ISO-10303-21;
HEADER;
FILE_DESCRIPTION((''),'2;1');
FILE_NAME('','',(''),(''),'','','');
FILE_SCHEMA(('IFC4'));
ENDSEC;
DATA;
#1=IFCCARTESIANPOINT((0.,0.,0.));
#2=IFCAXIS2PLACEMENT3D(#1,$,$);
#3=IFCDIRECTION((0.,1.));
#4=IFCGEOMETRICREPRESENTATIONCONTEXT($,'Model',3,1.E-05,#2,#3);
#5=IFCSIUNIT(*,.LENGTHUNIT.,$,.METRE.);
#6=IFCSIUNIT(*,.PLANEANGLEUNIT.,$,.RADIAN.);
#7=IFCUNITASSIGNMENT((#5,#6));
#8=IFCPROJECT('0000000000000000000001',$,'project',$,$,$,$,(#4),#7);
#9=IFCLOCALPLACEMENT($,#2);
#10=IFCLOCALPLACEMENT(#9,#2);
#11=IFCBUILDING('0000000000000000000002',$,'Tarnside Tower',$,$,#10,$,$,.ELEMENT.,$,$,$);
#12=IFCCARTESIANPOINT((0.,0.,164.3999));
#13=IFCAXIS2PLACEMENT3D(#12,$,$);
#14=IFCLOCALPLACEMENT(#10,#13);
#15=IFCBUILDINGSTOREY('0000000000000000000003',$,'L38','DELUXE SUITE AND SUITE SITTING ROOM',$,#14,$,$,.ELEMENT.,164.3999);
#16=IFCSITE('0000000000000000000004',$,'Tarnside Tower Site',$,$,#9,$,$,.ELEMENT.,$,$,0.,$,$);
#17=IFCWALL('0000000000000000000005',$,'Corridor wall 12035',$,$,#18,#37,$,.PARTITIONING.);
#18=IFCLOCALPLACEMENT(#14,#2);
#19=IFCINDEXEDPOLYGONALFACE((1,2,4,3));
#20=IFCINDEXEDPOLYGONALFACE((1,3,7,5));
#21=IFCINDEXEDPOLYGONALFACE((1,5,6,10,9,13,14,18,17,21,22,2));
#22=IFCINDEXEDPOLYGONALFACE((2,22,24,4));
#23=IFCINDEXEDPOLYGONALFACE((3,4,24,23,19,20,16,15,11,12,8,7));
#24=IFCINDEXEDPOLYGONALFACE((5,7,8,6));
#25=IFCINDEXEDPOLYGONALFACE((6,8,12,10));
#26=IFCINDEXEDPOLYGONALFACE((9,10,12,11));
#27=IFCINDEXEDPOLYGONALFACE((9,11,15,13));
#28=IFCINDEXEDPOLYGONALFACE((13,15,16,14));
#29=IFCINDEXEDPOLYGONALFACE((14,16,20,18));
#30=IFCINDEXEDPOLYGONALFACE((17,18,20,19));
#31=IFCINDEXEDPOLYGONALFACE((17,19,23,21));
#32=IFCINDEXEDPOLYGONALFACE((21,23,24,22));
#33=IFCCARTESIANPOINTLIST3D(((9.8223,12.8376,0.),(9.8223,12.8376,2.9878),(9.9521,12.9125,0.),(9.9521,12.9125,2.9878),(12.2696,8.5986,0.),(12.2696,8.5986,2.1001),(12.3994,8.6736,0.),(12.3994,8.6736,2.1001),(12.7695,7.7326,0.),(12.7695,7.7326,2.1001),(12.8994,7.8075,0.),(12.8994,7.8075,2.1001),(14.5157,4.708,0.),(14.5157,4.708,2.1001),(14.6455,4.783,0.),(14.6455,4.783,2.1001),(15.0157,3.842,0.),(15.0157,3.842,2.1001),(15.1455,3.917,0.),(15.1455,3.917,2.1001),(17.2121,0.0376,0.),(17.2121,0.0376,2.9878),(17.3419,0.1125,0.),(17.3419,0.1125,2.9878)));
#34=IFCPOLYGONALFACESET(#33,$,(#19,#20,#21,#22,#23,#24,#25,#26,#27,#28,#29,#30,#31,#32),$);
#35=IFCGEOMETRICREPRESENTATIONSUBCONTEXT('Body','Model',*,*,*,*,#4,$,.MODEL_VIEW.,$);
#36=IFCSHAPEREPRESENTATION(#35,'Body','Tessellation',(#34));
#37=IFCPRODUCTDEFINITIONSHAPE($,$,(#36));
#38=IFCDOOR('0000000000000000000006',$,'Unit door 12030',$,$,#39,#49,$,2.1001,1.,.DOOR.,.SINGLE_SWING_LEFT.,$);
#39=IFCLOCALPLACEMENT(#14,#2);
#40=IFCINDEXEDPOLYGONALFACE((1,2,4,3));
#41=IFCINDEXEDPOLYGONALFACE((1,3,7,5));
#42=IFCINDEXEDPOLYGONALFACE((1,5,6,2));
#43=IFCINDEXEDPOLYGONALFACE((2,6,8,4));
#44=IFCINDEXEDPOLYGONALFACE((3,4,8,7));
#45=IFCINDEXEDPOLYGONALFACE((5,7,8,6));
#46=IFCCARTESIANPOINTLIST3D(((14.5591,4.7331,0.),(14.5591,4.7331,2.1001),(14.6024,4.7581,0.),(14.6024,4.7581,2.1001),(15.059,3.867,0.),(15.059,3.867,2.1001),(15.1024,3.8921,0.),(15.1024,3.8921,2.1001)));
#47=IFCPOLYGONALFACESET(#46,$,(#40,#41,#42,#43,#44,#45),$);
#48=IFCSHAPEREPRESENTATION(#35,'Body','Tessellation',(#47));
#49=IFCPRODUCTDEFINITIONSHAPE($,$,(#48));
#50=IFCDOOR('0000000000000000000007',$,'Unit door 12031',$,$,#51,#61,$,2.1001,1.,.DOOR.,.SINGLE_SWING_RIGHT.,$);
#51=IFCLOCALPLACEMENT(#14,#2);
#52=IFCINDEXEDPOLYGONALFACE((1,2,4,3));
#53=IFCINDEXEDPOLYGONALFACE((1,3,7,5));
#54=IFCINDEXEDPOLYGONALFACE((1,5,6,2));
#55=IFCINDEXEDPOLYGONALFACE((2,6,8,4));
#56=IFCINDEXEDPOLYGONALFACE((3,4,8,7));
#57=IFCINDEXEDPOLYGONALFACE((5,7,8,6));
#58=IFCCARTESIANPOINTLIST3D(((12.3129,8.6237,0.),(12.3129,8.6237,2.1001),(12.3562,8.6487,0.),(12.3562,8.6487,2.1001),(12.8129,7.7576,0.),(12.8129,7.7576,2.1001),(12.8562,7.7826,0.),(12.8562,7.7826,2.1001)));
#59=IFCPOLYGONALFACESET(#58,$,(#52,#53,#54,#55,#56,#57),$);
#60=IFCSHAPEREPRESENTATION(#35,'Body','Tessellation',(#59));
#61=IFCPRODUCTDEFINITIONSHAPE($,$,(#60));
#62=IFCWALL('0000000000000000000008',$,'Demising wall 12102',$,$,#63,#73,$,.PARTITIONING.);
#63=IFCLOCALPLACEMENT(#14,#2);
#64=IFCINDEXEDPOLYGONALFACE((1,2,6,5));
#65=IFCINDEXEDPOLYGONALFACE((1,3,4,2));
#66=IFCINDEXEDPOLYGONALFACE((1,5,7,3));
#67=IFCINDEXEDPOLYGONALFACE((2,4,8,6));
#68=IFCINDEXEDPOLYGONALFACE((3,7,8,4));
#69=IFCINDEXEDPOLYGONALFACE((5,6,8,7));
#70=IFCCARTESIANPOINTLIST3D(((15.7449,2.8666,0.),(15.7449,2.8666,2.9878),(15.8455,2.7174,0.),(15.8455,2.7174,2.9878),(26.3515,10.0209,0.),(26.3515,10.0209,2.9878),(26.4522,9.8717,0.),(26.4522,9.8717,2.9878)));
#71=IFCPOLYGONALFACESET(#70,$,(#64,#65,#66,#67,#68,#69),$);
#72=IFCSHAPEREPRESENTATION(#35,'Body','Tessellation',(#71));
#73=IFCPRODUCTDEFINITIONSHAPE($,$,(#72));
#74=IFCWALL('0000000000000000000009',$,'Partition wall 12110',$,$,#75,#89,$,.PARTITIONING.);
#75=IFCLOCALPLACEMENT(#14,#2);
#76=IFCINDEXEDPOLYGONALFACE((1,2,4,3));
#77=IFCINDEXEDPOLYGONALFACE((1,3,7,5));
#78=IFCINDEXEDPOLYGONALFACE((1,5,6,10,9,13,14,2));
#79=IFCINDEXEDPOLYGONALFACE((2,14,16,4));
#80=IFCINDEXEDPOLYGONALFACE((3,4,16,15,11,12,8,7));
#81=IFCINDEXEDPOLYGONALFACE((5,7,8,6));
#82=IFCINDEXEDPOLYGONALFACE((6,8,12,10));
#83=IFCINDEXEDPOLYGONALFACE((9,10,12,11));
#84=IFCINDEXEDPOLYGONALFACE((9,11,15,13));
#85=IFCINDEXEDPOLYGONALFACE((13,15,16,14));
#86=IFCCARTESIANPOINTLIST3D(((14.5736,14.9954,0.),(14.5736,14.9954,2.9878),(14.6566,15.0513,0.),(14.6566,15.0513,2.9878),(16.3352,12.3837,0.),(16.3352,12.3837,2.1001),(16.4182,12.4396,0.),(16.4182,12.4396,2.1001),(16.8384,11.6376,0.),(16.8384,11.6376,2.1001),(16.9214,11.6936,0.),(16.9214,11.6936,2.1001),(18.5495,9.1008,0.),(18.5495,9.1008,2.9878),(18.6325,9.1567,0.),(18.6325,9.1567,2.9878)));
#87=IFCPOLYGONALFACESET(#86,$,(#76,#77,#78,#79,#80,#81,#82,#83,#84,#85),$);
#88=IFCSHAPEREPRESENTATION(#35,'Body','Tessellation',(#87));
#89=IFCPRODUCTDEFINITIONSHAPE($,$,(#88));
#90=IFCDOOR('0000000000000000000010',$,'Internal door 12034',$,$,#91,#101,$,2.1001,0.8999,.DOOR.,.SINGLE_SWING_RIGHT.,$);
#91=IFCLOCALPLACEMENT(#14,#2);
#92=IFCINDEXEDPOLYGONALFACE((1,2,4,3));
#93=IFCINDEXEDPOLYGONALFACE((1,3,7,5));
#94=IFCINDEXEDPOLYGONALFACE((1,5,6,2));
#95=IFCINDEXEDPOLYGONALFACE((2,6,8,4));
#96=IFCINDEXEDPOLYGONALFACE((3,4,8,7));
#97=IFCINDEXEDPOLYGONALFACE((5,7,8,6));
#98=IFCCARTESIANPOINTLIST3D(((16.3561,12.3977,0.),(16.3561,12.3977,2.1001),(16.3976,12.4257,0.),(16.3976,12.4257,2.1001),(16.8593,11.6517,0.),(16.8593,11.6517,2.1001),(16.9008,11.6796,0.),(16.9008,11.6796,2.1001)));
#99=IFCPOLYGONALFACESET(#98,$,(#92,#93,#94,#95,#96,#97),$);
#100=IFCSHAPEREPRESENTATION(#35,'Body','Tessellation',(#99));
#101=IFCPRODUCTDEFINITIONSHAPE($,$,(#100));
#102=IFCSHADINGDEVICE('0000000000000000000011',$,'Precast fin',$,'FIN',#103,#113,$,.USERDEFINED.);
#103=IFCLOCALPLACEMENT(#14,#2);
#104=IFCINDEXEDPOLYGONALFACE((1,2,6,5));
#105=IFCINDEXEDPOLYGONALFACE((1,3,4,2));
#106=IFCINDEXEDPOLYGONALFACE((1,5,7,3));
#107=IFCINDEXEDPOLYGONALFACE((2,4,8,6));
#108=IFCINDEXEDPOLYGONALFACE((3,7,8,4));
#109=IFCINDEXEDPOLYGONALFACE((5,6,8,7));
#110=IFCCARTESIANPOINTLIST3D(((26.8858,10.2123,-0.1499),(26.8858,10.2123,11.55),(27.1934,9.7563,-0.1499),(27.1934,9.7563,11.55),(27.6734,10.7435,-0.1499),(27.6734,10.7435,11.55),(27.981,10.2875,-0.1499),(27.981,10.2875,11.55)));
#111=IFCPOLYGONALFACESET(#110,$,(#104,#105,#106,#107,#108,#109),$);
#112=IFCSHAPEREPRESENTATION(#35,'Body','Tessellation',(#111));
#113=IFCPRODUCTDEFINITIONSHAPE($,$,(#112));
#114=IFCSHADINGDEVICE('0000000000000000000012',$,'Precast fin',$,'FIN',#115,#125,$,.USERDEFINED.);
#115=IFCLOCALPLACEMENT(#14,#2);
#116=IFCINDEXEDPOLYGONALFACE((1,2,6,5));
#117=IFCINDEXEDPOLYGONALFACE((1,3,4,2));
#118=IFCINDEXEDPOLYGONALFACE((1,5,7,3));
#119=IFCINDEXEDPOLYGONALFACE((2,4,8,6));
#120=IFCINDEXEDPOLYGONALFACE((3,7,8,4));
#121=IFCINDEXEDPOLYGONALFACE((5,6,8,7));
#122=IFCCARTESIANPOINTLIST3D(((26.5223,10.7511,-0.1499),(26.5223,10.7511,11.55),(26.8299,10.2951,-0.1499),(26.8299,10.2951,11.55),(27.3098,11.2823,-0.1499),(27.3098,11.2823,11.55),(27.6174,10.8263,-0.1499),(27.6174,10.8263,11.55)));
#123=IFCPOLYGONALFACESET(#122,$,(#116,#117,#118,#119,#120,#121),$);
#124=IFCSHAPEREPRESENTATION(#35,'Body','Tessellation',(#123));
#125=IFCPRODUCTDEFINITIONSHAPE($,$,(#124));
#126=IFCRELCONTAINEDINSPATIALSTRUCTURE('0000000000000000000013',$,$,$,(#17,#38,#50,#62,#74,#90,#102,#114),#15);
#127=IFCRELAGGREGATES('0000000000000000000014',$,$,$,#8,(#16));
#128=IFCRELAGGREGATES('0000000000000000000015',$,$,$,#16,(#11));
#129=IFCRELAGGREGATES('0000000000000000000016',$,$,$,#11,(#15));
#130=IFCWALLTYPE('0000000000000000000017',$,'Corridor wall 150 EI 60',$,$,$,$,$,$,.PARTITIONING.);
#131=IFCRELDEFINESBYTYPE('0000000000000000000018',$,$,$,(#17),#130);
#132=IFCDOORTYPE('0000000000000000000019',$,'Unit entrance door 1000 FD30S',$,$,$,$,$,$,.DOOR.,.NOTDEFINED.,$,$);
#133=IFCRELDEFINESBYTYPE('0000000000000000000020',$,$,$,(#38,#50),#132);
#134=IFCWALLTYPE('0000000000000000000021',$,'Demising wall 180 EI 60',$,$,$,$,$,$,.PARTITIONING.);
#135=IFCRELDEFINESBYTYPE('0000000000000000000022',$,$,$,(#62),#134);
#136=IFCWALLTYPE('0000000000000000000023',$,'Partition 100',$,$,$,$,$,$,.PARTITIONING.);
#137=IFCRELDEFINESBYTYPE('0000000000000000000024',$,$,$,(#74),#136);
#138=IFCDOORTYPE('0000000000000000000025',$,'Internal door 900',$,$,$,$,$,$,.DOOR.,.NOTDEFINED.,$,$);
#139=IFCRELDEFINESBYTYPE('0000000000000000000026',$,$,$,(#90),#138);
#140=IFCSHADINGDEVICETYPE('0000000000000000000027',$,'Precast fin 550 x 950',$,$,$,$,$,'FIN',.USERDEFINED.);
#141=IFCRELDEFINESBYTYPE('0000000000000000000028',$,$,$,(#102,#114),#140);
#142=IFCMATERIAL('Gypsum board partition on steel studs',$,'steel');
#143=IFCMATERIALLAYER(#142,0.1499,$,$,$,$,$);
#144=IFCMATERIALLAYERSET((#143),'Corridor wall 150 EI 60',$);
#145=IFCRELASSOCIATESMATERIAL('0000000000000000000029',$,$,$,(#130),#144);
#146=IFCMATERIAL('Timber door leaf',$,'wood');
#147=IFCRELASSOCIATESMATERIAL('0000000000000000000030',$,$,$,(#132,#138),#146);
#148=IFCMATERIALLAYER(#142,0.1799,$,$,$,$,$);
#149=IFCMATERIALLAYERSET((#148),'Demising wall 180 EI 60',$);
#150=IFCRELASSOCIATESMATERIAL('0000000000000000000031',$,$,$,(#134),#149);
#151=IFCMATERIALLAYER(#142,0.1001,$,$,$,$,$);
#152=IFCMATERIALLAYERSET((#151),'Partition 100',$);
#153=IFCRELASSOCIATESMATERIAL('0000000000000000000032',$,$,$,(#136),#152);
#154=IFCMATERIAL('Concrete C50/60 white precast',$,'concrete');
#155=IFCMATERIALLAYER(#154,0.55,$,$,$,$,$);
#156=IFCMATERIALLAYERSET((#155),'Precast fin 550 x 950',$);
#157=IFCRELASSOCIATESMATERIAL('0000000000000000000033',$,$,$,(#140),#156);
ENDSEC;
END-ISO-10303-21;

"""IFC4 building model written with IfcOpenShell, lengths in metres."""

from ifc_helpers import new_model, si_unit, direction, frame, frame_2d, origin, place, context, subcontext, project, spatial, polyline, rectangle, outline, extrude, material, layer, layer_set, type_object, element, fill, save


model = new_model("IFC4")

# Units and contexts
model_context = context("Model", 3, precision=1e-05, world=origin(), true_north=direction((0.0, 1.0)))
body_context = subcontext(model_context, "Body", "Model", "MODEL_VIEW")
ifc_project = project(units=[si_unit("LENGTHUNIT", "METRE"), si_unit("PLANEANGLEUNIT", "RADIAN")], contexts=[model_context])

# Site, building, storey
site_placement = place(None, origin())
site = spatial("IfcSite", under=ifc_project, at=site_placement, Name="Tarnside Tower Site", CompositionType="ELEMENT", RefElevation=0.0)
building_placement = place(site_placement, origin())
building = spatial("IfcBuilding", under=site, at=building_placement, Name="Tarnside Tower", CompositionType="ELEMENT")
storey_placement = place(building_placement, frame((0.0, 0.0, 164.3999)))
storey = spatial("IfcBuildingStorey", under=building, at=storey_placement, Name="L38", Description="DELUXE SUITE AND SUITE SITTING ROOM", CompositionType="ELEMENT", Elevation=164.3999)

# Shared definitions
ifc_material_1 = material(Name="Gypsum board partition on steel studs", Category="steel")

# Shared definitions
ifc_material_2 = material(Name="Timber door leaf", Category="wood")

# Wall, openings, doors
ifc_layer_1 = layer(ifc_material_1, 0.1499)
ifc_layer_set_1 = layer_set([ifc_layer_1], Name="Corridor wall 150 EI 60")
wall_type_1 = type_object("IfcWallType", Name="Corridor wall 150 EI 60", PredefinedType="PARTITIONING", material=ifc_layer_set_1)
wall_1_placement = place(storey_placement, frame((17.2771, 0.075, 0.0), z_axis=(0.0, 0.0, 1.0), x_axis=(-0.499989, 0.866032, 0.0)))
wall_1 = element("IfcWall", 1, at=wall_1_placement, inside=storey, type_object=wall_type_1, Name="Corridor wall 12035", PredefinedType="PARTITIONING", context=body_context, shape_type="SweptSolid", body=[
    extrude(rectangle(XDim=14.78, YDim=0.1499, at=frame_2d((7.3901, 0.0))), origin(), (0.0, 0.0, 1.0), 2.9878),
])
opening_1_placement = place(wall_1_placement, frame((4.3931, 0.0, 0.0)))
opening_1 = element("IfcOpeningElement", 2, at=opening_1_placement, cuts=wall_1, PredefinedType="OPENING", context=body_context, shape_type="SweptSolid", body=[
    extrude(rectangle(XDim=1.0, YDim=2.1001, at=frame_2d((0.5, 1.05))), frame((0.0, 0.085, 0.0), z_axis=(0.0, -1.0, 0.0), x_axis=(1.0, 0.0, 0.0)), (0.0, 0.0, 1.0), 0.1699),
])
opening_2_placement = place(wall_1_placement, frame((8.8855, 0.0, 0.0)))
opening_2 = element("IfcOpeningElement", 3, at=opening_2_placement, cuts=wall_1, PredefinedType="OPENING", context=body_context, shape_type="SweptSolid", body=[
    extrude(rectangle(XDim=1.0, YDim=2.1001, at=frame_2d((0.5, 1.05))), frame((0.0, 0.085, 0.0), z_axis=(0.0, -1.0, 0.0), x_axis=(1.0, 0.0, 0.0)), (0.0, 0.0, 1.0), 0.1699),
])
door_type_1 = type_object("IfcDoorType", Name="Unit entrance door 1000 FD30S", OperationType="NOTDEFINED", PredefinedType="DOOR", material=ifc_material_2)
door_1_placement = place(opening_1_placement, origin())
door_1 = element("IfcDoor", 4, at=door_1_placement, inside=storey, type_object=door_type_1, Name="Unit door 12030", OperationType="SINGLE_SWING_LEFT", OverallHeight=2.1001, OverallWidth=1.0, PredefinedType="DOOR", context=body_context, shape_type="SweptSolid", body=[
    extrude(rectangle(XDim=1.0, YDim=2.1001, at=frame_2d((0.5, 1.05))), frame((0.0, 0.0249, 0.0), z_axis=(0.0, -1.0, 0.0), x_axis=(1.0, 0.0, 0.0)), (0.0, 0.0, 1.0), 0.05),
])
fill(opening_1, door_1)
door_2_placement = place(opening_2_placement, origin())
door_2 = element("IfcDoor", 5, at=door_2_placement, inside=storey, type_object=door_type_1, Name="Unit door 12031", OperationType="SINGLE_SWING_RIGHT", OverallHeight=2.1001, OverallWidth=1.0, PredefinedType="DOOR", context=body_context, shape_type="SweptSolid", body=[
    extrude(rectangle(XDim=1.0, YDim=2.1001, at=frame_2d((0.5, 1.05))), frame((0.0, 0.0249, 0.0), z_axis=(0.0, -1.0, 0.0), x_axis=(1.0, 0.0, 0.0)), (0.0, 0.0, 1.0), 0.05),
])
fill(opening_2, door_2)

# Wall
ifc_layer_2 = layer(ifc_material_1, 0.1799)
ifc_layer_set_2 = layer_set([ifc_layer_2], Name="Demising wall 180 EI 60")
wall_type_2 = type_object("IfcWallType", Name="Demising wall 180 EI 60", PredefinedType="PARTITIONING", material=ifc_layer_set_2)
wall_2_placement = place(storey_placement, frame((26.4019, 9.9463, 0.0), z_axis=(0.0, 0.0, 1.0), x_axis=(-0.829038, -0.559193, 0.0)))
element("IfcWall", 6, at=wall_2_placement, inside=storey, type_object=wall_type_2, Name="Demising wall 12102", PredefinedType="PARTITIONING", context=body_context, shape_type="SweptSolid", body=[
    extrude(rectangle(XDim=12.7939, YDim=0.1799, at=frame_2d((6.397, 0.0))), origin(), (0.0, 0.0, 1.0), 2.9878),
])

# Wall, opening, door
ifc_layer_3 = layer(ifc_material_1, 0.1001)
ifc_layer_set_3 = layer_set([ifc_layer_3], Name="Partition 100")
wall_type_3 = type_object("IfcWallType", Name="Partition 100", PredefinedType="PARTITIONING", material=ifc_layer_set_3)
wall_3_placement = place(storey_placement, frame((18.5911, 9.1287, 0.0), z_axis=(0.0, 0.0, 1.0), x_axis=(-0.559185, 0.829043, 0.0)))
wall_3 = element("IfcWall", 7, at=wall_3_placement, inside=storey, type_object=wall_type_3, Name="Partition wall 12110", PredefinedType="PARTITIONING", context=body_context, shape_type="SweptSolid", body=[
    extrude(rectangle(XDim=7.1101, YDim=0.1001, at=frame_2d((3.5552, 0.0))), origin(), (0.0, 0.0, 1.0), 2.9878),
])
opening_3_placement = place(wall_3_placement, frame((3.0601, 0.0, 0.0)))
opening_3 = element("IfcOpeningElement", 8, at=opening_3_placement, cuts=wall_3, PredefinedType="OPENING", context=body_context, shape_type="SweptSolid", body=[
    extrude(rectangle(XDim=0.8999, YDim=2.1001, at=frame_2d((0.45, 1.05))), frame((0.0, 0.0601, 0.0), z_axis=(0.0, -1.0, 0.0), x_axis=(1.0, 0.0, 0.0)), (0.0, 0.0, 1.0), 0.1201),
])
door_type_2 = type_object("IfcDoorType", Name="Internal door 900", OperationType="NOTDEFINED", PredefinedType="DOOR", material=ifc_material_2)
door_3_placement = place(opening_3_placement, origin())
door_3 = element("IfcDoor", 9, at=door_3_placement, inside=storey, type_object=door_type_2, Name="Internal door 12034", OperationType="SINGLE_SWING_RIGHT", OverallHeight=2.1001, OverallWidth=0.8999, PredefinedType="DOOR", context=body_context, shape_type="SweptSolid", body=[
    extrude(rectangle(XDim=0.8999, YDim=2.1001, at=frame_2d((0.45, 1.05))), frame((0.0, 0.0249, 0.0), z_axis=(0.0, -1.0, 0.0), x_axis=(1.0, 0.0, 0.0)), (0.0, 0.0, 1.0), 0.05),
])
fill(opening_3, door_3)

# Shading devices
ifc_material_3 = material(Name="Concrete C50/60 white precast", Category="concrete")
ifc_layer_4 = layer(ifc_material_3, 0.55)
ifc_layer_set_4 = layer_set([ifc_layer_4], Name="Precast fin 550 x 950")
shading_device_type = type_object("IfcShadingDeviceType", Name="Precast fin 550 x 950", ElementType="FIN", PredefinedType="USERDEFINED", material=ifc_layer_set_4)
for number, where, z_axis, x_axis, name in (
    (10, (27.0396, 9.9844, -0.1499), (0.559193, -0.829038, 0.0), (0.829038, 0.559193, 0.0), "Precast fin"),
    (11, (26.676, 10.5232, -0.1499), (0.559193, -0.829038, 0.0), (0.829038, 0.559193, 0.0), "Precast fin"),
):
    element("IfcShadingDevice", number, at=place(storey_placement, frame(where, z_axis=z_axis, x_axis=x_axis)), inside=storey, type_object=shading_device_type, Name=name, ObjectType="FIN", PredefinedType="USERDEFINED", context=body_context, shape_type="SweptSolid", body=[
        extrude(outline(polyline([(0.0, 0.0), (0.95, 0.0), (0.95, 11.7), (0.0, 11.7), (0.0, 0.0)])), frame((0.0, 0.0, -0.2749)), (0.0, 0.0, 1.0), 0.55),
    ])

save(model, "model.ifc")
